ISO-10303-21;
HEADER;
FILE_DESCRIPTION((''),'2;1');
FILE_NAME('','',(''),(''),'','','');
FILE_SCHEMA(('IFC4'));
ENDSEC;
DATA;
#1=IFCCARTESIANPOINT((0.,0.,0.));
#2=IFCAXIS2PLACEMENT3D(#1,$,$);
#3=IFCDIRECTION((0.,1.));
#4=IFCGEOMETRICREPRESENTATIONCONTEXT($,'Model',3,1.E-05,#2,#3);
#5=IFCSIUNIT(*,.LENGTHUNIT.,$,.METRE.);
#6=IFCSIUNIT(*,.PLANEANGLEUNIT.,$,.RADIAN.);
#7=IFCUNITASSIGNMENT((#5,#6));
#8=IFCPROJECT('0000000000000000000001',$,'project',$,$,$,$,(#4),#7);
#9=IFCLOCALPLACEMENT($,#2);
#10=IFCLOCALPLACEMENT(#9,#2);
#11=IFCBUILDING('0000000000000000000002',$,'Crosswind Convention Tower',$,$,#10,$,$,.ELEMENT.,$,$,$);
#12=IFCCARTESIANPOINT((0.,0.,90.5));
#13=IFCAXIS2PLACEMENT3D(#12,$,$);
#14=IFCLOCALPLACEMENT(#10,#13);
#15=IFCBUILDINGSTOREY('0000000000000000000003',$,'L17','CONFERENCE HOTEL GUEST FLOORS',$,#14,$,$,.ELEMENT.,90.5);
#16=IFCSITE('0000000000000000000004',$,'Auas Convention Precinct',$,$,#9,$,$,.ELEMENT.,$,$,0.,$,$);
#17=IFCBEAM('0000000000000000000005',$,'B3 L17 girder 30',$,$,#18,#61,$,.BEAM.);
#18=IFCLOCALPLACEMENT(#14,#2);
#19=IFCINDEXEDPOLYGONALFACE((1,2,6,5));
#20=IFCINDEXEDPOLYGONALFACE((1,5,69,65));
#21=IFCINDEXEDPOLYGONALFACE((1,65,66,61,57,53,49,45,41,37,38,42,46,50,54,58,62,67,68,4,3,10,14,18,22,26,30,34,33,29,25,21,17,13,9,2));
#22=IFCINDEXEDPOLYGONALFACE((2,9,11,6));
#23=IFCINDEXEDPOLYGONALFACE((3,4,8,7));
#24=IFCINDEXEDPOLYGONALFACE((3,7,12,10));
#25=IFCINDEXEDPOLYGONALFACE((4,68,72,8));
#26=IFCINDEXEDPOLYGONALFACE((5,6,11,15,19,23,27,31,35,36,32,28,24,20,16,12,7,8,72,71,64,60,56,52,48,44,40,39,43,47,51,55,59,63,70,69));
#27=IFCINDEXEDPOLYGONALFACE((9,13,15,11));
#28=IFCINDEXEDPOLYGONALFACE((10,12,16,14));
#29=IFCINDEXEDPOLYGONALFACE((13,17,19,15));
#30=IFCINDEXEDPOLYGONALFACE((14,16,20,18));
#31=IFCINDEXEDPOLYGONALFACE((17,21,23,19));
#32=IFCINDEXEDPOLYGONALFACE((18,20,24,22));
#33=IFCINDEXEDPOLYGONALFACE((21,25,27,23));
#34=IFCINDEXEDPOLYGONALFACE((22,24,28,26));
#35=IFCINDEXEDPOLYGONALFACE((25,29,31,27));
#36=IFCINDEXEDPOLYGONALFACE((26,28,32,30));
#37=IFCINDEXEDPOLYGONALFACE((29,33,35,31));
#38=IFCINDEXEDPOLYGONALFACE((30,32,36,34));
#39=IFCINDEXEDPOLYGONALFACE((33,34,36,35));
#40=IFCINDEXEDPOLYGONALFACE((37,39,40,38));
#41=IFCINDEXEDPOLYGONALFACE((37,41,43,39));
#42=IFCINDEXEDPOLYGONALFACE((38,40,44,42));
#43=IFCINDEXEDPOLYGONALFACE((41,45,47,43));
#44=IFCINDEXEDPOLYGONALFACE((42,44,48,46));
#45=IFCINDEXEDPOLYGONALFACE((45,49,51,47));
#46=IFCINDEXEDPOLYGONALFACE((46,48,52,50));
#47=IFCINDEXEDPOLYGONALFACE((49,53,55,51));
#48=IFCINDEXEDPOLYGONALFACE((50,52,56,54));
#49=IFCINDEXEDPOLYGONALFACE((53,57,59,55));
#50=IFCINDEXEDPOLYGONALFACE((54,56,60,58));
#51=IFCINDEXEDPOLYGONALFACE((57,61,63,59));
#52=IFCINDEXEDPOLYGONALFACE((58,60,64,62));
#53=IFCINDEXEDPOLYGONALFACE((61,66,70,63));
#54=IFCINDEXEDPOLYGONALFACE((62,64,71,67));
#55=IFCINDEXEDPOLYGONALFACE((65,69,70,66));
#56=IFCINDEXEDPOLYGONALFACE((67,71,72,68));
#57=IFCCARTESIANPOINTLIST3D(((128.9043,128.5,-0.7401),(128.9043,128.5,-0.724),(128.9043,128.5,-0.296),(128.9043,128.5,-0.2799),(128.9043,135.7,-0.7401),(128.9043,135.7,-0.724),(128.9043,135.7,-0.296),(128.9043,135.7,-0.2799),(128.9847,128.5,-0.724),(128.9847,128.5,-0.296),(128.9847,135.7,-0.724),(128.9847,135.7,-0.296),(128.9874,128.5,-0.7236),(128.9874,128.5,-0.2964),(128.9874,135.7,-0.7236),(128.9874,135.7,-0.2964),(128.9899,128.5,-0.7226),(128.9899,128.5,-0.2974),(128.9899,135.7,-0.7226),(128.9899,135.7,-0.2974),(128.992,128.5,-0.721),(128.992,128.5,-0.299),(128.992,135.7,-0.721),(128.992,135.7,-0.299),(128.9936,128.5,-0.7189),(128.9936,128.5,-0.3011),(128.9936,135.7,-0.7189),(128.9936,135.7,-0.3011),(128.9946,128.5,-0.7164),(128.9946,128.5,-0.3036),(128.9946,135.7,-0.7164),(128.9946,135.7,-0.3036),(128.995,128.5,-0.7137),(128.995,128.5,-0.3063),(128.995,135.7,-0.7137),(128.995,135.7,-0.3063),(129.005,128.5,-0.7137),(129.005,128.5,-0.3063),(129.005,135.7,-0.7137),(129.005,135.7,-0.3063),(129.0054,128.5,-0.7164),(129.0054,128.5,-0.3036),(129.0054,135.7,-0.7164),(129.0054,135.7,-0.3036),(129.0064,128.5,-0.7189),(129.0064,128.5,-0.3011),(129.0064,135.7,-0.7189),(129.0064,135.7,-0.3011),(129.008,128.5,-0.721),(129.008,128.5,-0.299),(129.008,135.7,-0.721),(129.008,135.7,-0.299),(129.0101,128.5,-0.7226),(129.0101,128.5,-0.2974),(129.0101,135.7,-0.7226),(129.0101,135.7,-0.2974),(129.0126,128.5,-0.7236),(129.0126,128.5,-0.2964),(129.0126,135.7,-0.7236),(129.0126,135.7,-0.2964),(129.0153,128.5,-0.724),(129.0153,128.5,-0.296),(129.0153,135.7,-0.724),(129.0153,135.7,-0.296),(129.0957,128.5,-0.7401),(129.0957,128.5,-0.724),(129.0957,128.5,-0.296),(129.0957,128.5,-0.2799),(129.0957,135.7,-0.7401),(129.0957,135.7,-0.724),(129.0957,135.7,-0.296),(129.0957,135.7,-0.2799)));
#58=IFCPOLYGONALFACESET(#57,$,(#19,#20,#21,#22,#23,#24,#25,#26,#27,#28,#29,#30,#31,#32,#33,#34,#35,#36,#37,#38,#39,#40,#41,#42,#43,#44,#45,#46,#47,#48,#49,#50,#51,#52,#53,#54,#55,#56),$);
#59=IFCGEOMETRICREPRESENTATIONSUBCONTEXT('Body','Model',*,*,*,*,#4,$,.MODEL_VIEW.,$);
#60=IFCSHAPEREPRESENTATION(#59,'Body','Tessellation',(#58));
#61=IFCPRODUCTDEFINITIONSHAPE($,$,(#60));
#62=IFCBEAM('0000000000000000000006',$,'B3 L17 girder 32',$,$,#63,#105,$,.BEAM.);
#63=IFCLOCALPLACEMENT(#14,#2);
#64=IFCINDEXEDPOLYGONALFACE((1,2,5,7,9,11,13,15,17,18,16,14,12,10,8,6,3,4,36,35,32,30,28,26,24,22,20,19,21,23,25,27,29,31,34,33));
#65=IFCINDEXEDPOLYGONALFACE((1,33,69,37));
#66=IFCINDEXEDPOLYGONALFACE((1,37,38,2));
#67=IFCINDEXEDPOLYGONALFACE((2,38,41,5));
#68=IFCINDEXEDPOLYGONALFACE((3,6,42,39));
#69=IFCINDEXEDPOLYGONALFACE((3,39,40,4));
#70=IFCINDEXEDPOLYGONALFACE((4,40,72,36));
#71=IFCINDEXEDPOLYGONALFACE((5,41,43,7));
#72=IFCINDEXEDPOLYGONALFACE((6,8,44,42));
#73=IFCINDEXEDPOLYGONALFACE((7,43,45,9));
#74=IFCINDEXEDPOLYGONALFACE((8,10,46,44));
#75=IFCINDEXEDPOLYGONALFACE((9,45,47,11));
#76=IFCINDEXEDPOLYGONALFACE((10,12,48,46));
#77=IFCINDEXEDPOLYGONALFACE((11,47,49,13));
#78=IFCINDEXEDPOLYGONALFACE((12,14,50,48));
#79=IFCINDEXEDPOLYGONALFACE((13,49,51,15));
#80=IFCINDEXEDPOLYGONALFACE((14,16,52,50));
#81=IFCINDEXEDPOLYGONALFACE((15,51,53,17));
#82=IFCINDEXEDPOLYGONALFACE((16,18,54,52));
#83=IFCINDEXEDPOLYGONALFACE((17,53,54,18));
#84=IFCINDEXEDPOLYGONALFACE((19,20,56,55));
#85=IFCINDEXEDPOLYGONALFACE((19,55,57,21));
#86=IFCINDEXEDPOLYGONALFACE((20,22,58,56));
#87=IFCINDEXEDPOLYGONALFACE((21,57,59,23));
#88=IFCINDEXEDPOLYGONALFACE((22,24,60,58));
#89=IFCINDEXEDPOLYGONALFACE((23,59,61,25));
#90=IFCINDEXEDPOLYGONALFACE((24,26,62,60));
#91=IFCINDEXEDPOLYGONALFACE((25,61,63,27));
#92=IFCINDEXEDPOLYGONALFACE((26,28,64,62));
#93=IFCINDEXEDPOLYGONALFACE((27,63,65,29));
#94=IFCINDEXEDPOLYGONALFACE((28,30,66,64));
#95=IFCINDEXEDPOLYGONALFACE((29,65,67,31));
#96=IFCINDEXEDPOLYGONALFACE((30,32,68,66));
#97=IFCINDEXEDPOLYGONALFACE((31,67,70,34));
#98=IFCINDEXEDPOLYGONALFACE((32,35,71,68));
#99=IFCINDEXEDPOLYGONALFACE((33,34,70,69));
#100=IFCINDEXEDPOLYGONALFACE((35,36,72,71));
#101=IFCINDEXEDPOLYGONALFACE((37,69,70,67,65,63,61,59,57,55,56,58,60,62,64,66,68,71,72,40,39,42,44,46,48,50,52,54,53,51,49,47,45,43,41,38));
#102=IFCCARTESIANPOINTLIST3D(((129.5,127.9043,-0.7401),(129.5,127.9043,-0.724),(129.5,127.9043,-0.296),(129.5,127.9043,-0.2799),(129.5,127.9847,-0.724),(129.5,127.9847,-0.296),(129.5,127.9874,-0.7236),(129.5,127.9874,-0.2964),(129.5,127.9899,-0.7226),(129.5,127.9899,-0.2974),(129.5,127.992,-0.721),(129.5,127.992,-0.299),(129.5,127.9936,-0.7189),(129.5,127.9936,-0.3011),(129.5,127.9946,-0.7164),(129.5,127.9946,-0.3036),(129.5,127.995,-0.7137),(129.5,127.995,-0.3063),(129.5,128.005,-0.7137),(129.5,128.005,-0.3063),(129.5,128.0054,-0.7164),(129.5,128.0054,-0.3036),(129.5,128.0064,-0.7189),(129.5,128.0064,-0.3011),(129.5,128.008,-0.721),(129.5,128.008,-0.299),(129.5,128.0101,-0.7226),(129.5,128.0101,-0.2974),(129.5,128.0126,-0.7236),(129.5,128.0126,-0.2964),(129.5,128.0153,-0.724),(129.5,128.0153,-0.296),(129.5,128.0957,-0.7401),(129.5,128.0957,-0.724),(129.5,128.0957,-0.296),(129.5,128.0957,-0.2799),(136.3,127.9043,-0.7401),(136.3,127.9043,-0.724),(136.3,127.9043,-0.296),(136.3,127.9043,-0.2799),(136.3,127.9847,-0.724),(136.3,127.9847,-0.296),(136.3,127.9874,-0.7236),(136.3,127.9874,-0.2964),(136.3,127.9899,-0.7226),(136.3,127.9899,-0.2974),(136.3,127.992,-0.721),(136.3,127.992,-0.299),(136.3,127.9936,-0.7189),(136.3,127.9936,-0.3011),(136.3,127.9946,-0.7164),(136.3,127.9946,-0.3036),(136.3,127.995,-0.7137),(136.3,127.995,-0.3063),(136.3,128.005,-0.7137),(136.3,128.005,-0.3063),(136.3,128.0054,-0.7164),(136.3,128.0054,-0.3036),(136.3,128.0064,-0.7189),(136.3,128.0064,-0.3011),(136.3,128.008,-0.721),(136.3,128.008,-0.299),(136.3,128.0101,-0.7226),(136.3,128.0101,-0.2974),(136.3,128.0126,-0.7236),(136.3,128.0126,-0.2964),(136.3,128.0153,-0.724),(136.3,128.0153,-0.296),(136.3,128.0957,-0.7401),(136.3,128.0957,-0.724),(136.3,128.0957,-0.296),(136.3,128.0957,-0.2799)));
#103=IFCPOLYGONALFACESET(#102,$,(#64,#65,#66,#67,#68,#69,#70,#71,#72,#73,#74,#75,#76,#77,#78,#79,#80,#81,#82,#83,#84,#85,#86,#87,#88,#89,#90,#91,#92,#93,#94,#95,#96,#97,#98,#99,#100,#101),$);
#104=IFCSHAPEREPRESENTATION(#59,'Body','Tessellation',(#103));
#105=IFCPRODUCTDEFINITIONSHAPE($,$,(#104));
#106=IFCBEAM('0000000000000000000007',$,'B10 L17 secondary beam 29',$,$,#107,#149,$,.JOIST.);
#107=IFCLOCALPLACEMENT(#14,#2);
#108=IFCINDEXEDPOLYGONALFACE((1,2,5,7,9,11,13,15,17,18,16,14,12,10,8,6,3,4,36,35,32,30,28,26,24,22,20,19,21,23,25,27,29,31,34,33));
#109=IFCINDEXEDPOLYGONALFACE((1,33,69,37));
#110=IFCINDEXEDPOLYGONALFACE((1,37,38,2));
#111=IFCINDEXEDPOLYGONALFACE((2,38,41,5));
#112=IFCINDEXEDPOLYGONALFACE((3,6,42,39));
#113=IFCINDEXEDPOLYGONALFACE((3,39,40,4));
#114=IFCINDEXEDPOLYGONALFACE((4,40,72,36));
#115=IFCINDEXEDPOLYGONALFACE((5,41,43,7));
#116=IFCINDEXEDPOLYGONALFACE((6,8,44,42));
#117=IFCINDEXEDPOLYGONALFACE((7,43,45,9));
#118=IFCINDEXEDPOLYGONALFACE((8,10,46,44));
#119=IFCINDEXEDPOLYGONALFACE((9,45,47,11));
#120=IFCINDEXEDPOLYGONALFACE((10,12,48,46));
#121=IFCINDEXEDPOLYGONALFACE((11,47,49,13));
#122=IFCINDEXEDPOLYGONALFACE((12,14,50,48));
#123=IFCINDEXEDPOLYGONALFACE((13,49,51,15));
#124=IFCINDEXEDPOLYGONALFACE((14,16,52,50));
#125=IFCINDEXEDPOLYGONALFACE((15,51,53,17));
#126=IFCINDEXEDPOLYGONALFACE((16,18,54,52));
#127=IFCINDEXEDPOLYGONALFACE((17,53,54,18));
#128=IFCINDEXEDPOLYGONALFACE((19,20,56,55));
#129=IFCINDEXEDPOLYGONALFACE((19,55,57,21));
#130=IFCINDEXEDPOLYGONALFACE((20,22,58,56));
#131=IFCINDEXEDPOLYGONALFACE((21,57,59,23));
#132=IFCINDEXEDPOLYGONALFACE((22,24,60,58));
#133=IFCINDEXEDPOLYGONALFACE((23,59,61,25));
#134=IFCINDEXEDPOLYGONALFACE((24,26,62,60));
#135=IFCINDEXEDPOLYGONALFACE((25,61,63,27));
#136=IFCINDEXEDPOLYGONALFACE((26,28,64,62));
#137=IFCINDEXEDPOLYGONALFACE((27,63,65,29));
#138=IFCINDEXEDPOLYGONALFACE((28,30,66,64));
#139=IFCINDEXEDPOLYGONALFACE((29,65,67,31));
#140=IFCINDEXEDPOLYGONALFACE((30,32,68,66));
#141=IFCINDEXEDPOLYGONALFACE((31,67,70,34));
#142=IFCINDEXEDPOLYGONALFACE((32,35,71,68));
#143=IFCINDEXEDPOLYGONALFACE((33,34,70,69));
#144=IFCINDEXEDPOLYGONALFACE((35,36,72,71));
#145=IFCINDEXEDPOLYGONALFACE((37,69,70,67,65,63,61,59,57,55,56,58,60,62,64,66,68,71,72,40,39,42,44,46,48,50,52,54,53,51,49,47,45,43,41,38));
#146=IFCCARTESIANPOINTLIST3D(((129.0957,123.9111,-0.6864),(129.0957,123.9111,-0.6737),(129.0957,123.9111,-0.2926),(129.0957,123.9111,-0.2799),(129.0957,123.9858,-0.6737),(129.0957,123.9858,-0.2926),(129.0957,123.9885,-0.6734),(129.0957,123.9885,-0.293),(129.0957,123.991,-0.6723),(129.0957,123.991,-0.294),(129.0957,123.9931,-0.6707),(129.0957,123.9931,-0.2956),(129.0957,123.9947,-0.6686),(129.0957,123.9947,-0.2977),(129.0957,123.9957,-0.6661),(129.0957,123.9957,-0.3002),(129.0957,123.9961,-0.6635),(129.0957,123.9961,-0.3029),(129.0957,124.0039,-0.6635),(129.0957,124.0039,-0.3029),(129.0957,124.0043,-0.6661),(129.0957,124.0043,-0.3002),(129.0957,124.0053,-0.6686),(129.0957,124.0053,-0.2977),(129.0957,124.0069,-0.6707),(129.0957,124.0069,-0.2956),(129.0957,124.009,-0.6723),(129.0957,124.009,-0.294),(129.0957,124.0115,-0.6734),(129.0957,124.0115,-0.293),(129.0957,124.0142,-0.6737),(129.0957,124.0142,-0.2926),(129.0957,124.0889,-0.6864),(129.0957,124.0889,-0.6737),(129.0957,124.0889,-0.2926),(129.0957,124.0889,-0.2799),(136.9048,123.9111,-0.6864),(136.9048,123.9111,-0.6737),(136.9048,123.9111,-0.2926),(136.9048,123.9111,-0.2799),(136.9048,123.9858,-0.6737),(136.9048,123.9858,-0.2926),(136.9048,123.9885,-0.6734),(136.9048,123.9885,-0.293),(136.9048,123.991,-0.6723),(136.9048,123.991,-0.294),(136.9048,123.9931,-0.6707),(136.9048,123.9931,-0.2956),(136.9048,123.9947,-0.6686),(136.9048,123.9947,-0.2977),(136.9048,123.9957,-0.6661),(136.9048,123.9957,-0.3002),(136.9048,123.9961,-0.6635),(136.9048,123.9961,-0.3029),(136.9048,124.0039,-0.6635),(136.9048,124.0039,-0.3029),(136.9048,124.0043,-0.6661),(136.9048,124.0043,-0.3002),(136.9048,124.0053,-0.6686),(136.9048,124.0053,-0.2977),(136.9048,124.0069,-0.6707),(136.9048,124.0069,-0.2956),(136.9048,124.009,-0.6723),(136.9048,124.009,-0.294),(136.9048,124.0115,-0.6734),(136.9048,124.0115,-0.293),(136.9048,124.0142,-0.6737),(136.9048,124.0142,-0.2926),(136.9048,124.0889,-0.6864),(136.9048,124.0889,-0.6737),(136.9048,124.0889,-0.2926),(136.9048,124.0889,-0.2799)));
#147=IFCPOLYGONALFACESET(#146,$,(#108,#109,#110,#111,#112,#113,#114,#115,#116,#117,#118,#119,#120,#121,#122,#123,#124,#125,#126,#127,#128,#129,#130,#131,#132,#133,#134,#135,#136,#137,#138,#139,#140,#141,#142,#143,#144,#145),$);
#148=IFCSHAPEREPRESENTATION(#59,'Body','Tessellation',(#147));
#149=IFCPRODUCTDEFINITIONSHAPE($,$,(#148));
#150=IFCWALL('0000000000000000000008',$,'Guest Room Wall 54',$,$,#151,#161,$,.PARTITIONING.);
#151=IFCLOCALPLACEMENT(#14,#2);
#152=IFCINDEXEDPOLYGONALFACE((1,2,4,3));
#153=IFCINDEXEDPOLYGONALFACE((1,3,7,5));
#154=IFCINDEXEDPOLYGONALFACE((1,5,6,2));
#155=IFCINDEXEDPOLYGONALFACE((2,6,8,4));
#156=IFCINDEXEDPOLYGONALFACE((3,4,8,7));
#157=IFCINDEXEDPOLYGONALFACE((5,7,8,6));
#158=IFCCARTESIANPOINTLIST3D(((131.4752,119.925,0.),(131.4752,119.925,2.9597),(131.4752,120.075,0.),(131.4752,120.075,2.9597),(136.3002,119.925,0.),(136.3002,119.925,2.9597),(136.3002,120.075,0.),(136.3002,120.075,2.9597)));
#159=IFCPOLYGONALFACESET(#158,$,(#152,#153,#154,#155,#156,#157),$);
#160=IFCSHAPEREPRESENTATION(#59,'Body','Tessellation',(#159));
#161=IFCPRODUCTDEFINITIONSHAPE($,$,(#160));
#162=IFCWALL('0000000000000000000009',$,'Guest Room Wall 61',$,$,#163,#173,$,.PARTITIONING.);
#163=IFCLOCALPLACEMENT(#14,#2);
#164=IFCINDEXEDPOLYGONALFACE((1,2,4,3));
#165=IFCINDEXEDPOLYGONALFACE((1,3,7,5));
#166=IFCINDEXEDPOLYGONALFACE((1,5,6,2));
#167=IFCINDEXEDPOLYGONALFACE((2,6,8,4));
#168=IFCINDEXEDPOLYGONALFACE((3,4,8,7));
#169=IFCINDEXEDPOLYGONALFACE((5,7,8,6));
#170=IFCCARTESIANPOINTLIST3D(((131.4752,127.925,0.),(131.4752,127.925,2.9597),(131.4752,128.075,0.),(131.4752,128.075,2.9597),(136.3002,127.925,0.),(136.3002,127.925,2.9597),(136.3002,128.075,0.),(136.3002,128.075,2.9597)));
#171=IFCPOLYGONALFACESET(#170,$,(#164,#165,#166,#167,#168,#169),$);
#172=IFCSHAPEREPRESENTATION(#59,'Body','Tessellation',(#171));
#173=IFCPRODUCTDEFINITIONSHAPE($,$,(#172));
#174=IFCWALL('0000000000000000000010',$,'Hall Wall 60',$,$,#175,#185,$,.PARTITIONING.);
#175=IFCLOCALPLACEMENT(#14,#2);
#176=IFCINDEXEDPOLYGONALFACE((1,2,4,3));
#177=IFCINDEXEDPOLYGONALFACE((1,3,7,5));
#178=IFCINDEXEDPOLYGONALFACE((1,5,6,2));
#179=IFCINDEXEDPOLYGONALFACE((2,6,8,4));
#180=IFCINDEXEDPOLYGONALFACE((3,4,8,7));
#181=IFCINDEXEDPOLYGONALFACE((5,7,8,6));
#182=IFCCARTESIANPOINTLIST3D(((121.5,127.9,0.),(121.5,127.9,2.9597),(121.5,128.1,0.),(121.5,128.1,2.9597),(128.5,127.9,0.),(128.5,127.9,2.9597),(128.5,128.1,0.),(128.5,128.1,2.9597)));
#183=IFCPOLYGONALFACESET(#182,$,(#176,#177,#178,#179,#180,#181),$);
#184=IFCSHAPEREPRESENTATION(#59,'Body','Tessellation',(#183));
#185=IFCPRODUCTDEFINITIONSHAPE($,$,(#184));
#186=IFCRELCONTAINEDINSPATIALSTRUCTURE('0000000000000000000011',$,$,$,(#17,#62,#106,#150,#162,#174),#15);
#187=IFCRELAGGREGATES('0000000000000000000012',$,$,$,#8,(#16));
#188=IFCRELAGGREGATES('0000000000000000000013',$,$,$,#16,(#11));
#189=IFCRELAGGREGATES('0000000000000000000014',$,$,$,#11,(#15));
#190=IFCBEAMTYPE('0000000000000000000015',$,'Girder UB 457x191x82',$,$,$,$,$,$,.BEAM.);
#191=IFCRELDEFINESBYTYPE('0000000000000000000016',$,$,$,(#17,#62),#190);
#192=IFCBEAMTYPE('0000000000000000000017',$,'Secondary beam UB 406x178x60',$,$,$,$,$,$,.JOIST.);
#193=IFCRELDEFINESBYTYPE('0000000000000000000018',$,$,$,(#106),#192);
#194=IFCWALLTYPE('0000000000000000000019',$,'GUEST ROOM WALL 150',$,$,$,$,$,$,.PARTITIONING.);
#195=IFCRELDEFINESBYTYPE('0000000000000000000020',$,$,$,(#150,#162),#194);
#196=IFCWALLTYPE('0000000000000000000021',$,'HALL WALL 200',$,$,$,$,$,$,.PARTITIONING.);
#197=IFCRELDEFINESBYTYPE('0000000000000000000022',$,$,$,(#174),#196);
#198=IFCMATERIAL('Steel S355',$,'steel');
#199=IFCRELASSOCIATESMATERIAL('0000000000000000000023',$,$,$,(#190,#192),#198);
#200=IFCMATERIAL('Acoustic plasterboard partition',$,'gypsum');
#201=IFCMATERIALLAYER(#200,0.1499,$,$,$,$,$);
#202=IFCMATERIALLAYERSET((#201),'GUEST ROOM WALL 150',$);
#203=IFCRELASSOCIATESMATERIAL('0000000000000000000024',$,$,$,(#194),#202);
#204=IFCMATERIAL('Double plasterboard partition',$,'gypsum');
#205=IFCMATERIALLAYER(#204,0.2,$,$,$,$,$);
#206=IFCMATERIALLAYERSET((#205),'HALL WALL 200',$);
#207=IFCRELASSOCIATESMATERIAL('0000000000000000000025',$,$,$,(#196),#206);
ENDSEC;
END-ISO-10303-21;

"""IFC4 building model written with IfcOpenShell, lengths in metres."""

from ifc_helpers import new_model, si_unit, direction, frame, frame_2d, origin, origin_2d, place, context, subcontext, project, spatial, rectangle, i_section, extrude, material, layer, layer_set, material_profile, profile_set, type_object, element, save


model = new_model("IFC4")

# Units and contexts
model_context = context("Model", 3, precision=1e-05, world=origin(), true_north=direction((0.0, 1.0)))
body_context = subcontext(model_context, "Body", "Model", "MODEL_VIEW")
ifc_project = project(units=[si_unit("LENGTHUNIT", "METRE"), si_unit("PLANEANGLEUNIT", "RADIAN")], contexts=[model_context])

# Site, building, storey
site_placement = place(None, origin())
site = spatial("IfcSite", under=ifc_project, at=site_placement, Name="Auas Convention Precinct", CompositionType="ELEMENT", RefElevation=0.0)
building_placement = place(site_placement, origin())
building = spatial("IfcBuilding", under=site, at=building_placement, Name="Crosswind Convention Tower", CompositionType="ELEMENT")
storey_placement = place(building_placement, frame((0.0, 0.0, 90.5)))
storey = spatial("IfcBuildingStorey", under=building, at=storey_placement, Name="L17", Description="CONFERENCE HOTEL GUEST FLOORS", CompositionType="ELEMENT", Elevation=90.5)

# Beams
ifc_material_1 = material(Name="Steel S355", Category="steel")
ifc_material_profile_1 = material_profile(ifc_material_1, i_section(OverallWidth=0.1914, OverallDepth=0.4602, WebThickness=0.01, FlangeThickness=0.0161, FilletRadius=0.0103, at=origin_2d()), Name="UB 457x191x82")
ifc_profile_set_1 = profile_set([ifc_material_profile_1], Name="Steel S355")
beam_type_1 = type_object("IfcBeamType", Name="Girder UB 457x191x82", PredefinedType="BEAM", material=ifc_profile_set_1)
beam_1_placement = place(storey_placement, frame((129.0, 128.5, -0.51), z_axis=(0.0, 1.0, 0.0), x_axis=(-1.0, 0.0, 0.0)))
element("IfcBeam", 1, at=beam_1_placement, inside=storey, type_object=beam_type_1, Name="B3 L17 girder 30", PredefinedType="BEAM", context=body_context, shape_type="SweptSolid", body=[
    extrude(i_section(OverallWidth=0.1914, OverallDepth=0.4602, WebThickness=0.01, FlangeThickness=0.0161, FilletRadius=0.0103, at=origin_2d()), origin(), (0.0, 0.0, 1.0), 7.2),
])
beam_2_placement = place(storey_placement, frame((129.5, 128.0, -0.51), z_axis=(1.0, 0.0, 0.0), x_axis=(0.0, 1.0, 0.0)))
element("IfcBeam", 2, at=beam_2_placement, inside=storey, type_object=beam_type_1, Name="B3 L17 girder 32", PredefinedType="BEAM", context=body_context, shape_type="SweptSolid", body=[
    extrude(i_section(OverallWidth=0.1914, OverallDepth=0.4602, WebThickness=0.01, FlangeThickness=0.0161, FilletRadius=0.0103, at=origin_2d()), origin(), (0.0, 0.0, 1.0), 6.8),
])
ifc_material_profile_2 = material_profile(ifc_material_1, i_section(OverallWidth=0.1777, OverallDepth=0.4065, WebThickness=0.0078, FlangeThickness=0.0127, FilletRadius=0.0103, at=origin_2d()), Name="UB 406x178x60")
ifc_profile_set_2 = profile_set([ifc_material_profile_2], Name="Steel S355")
beam_type_2 = type_object("IfcBeamType", Name="Secondary beam UB 406x178x60", PredefinedType="JOIST", material=ifc_profile_set_2)
beam_3_placement = place(storey_placement, frame((129.0957, 124.0, -0.4832), z_axis=(1.0, 0.0, 0.0), x_axis=(0.0, 1.0, 0.0)))
element("IfcBeam", 3, at=beam_3_placement, inside=storey, type_object=beam_type_2, Name="B10 L17 secondary beam 29", PredefinedType="JOIST", context=body_context, shape_type="SweptSolid", body=[
    extrude(i_section(OverallWidth=0.1777, OverallDepth=0.4065, WebThickness=0.0078, FlangeThickness=0.0127, FilletRadius=0.0103, at=origin_2d()), origin(), (0.0, 0.0, 1.0), 7.8091),
])

# Walls
ifc_material_2 = material(Name="Acoustic plasterboard partition", Category="gypsum")
ifc_layer_1 = layer(ifc_material_2, 0.1499)
ifc_layer_set_1 = layer_set([ifc_layer_1], Name="GUEST ROOM WALL 150")
wall_type_1 = type_object("IfcWallType", Name="GUEST ROOM WALL 150", PredefinedType="PARTITIONING", material=ifc_layer_set_1)
for number, where, z_axis, x_axis, name in (
    (4, (131.4751, 120.0, 0.0), (0.0, 0.0, 1.0), (1.0, 0.0, 0.0), "Guest Room Wall 54"),
    (5, (131.4751, 128.0, 0.0), (0.0, 0.0, 1.0), (1.0, 0.0, 0.0), "Guest Room Wall 61"),
):
    element("IfcWall", number, at=place(storey_placement, frame(where, z_axis=z_axis, x_axis=x_axis)), inside=storey, type_object=wall_type_1, Name=name, PredefinedType="PARTITIONING", context=body_context, shape_type="SweptSolid", body=[
        extrude(rectangle(XDim=4.825, YDim=0.1499, at=frame_2d((2.4126, 0.0))), origin(), (0.0, 0.0, 1.0), 2.9597),
    ])
ifc_material_3 = material(Name="Double plasterboard partition", Category="gypsum")
ifc_layer_2 = layer(ifc_material_3, 0.2)
ifc_layer_set_2 = layer_set([ifc_layer_2], Name="HALL WALL 200")
wall_type_2 = type_object("IfcWallType", Name="HALL WALL 200", PredefinedType="PARTITIONING", material=ifc_layer_set_2)
wall_1_placement = place(storey_placement, frame((121.5, 128.0, 0.0), z_axis=(0.0, 0.0, 1.0), x_axis=(1.0, 0.0, 0.0)))
element("IfcWall", 6, at=wall_1_placement, inside=storey, type_object=wall_type_2, Name="Hall Wall 60", PredefinedType="PARTITIONING", context=body_context, shape_type="SweptSolid", body=[
    extrude(rectangle(XDim=7.0, YDim=0.2, at=frame_2d((3.5, 0.0))), origin(), (0.0, 0.0, 1.0), 2.9597),
])

save(model, "model.ifc")
